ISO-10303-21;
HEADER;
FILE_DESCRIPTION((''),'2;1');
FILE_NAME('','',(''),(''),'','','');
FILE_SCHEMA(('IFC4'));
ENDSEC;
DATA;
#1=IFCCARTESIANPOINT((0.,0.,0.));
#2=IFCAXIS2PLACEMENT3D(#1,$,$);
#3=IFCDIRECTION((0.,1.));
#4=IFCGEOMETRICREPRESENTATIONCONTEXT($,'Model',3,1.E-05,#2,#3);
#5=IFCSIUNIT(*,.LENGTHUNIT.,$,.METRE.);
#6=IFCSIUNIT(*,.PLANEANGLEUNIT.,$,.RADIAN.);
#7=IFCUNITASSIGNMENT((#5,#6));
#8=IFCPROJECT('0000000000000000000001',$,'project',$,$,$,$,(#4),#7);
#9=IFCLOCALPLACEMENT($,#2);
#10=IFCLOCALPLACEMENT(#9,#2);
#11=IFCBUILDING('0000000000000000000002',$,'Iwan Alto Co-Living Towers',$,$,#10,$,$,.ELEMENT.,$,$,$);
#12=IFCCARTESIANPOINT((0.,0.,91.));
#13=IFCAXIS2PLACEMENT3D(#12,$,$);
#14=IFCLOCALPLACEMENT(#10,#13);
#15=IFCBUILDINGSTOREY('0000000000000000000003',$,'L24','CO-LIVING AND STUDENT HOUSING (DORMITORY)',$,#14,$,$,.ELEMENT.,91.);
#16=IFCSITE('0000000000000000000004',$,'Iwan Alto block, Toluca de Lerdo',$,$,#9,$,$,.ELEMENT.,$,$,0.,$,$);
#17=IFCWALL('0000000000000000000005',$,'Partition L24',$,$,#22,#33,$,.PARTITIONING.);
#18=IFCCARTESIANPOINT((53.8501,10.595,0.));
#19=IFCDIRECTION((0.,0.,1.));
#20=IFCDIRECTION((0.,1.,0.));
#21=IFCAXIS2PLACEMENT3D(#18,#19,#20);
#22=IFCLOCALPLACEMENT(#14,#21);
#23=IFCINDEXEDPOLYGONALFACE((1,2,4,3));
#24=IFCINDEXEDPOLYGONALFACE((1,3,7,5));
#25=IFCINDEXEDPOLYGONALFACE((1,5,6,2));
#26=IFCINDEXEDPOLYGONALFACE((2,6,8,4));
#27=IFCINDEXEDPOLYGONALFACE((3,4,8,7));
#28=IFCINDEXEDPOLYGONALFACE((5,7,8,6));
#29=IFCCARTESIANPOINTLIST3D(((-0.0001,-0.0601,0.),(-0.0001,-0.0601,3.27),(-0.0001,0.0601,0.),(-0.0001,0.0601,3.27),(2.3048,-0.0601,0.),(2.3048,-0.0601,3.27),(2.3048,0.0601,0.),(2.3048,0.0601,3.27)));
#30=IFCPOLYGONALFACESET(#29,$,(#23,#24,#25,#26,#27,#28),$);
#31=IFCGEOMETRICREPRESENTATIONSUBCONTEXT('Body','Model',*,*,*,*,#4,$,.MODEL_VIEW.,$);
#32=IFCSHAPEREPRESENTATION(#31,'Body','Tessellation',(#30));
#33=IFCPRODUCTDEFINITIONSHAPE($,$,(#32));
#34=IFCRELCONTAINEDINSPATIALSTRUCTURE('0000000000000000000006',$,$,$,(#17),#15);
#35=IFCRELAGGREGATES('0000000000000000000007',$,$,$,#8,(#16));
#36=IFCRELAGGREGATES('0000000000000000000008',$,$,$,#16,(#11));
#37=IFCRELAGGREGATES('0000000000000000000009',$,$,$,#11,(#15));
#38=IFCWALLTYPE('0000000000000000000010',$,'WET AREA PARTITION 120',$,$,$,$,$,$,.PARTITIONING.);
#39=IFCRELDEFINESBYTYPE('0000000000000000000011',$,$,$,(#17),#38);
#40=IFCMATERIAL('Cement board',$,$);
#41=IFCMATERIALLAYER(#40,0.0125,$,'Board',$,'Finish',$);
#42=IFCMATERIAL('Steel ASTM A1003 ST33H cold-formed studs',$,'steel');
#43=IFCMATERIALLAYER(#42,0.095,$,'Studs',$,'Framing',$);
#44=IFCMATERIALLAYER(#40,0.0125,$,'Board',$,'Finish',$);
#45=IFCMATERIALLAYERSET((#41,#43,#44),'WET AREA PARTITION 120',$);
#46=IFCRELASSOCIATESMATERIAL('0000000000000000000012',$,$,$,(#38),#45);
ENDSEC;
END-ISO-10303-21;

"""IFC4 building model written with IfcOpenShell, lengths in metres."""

from ifc_helpers import new_model, si_unit, direction, frame, frame_2d, origin, place, context, subcontext, project, spatial, rectangle, extrude, material, layer, layer_set, type_object, element, save


model = new_model("IFC4")

# Units and contexts
model_context = context("Model", 3, precision=1e-05, world=origin(), true_north=direction((0.0, 1.0)))
body_context = subcontext(model_context, "Body", "Model", "MODEL_VIEW")
ifc_project = project(units=[si_unit("LENGTHUNIT", "METRE"), si_unit("PLANEANGLEUNIT", "RADIAN")], contexts=[model_context])

# Site, building, storey
site_placement = place(None, origin())
site = spatial("IfcSite", under=ifc_project, at=site_placement, Name="Iwan Alto block, Toluca de Lerdo", CompositionType="ELEMENT", RefElevation=0.0)
building_placement = place(site_placement, origin())
building = spatial("IfcBuilding", under=site, at=building_placement, Name="Iwan Alto Co-Living Towers", CompositionType="ELEMENT")
storey_placement = place(building_placement, frame((0.0, 0.0, 91.0)))
storey = spatial("IfcBuildingStorey", under=building, at=storey_placement, Name="L24", Description="CO-LIVING AND STUDENT HOUSING (DORMITORY)", CompositionType="ELEMENT", Elevation=91.0)

# Shared definitions
ifc_material_1 = material(Name="Steel ASTM A1003 ST33H cold-formed studs", Category="steel")

# Wall
ifc_material_2 = material(Name="Cement board")
ifc_layer_1 = layer(ifc_material_2, 0.0125, Name="Board", Category="Finish")
ifc_layer_2 = layer(ifc_material_1, 0.095, Name="Studs", Category="Framing")
ifc_layer_3 = layer(ifc_material_2, 0.0125, Name="Board", Category="Finish")
ifc_layer_set_1 = layer_set([ifc_layer_1, ifc_layer_2, ifc_layer_3], Name="WET AREA PARTITION 120")
wall_type_1 = type_object("IfcWallType", Name="WET AREA PARTITION 120", PredefinedType="PARTITIONING", material=ifc_layer_set_1)
wall_1_placement = place(storey_placement, frame((53.8501, 10.595, 0.0), z_axis=(0.0, 0.0, 1.0), x_axis=(0.0, 1.0, 0.0)))
element("IfcWall", 1, at=wall_1_placement, inside=storey, type_object=wall_type_1, Name="Partition L24", PredefinedType="PARTITIONING", context=body_context, shape_type="SweptSolid", body=[
    extrude(rectangle(XDim=2.3049, YDim=0.1201, at=frame_2d((1.1523, 0.0))), origin(), (0.0, 0.0, 1.0), 3.27),
])

save(model, "model.ifc")
